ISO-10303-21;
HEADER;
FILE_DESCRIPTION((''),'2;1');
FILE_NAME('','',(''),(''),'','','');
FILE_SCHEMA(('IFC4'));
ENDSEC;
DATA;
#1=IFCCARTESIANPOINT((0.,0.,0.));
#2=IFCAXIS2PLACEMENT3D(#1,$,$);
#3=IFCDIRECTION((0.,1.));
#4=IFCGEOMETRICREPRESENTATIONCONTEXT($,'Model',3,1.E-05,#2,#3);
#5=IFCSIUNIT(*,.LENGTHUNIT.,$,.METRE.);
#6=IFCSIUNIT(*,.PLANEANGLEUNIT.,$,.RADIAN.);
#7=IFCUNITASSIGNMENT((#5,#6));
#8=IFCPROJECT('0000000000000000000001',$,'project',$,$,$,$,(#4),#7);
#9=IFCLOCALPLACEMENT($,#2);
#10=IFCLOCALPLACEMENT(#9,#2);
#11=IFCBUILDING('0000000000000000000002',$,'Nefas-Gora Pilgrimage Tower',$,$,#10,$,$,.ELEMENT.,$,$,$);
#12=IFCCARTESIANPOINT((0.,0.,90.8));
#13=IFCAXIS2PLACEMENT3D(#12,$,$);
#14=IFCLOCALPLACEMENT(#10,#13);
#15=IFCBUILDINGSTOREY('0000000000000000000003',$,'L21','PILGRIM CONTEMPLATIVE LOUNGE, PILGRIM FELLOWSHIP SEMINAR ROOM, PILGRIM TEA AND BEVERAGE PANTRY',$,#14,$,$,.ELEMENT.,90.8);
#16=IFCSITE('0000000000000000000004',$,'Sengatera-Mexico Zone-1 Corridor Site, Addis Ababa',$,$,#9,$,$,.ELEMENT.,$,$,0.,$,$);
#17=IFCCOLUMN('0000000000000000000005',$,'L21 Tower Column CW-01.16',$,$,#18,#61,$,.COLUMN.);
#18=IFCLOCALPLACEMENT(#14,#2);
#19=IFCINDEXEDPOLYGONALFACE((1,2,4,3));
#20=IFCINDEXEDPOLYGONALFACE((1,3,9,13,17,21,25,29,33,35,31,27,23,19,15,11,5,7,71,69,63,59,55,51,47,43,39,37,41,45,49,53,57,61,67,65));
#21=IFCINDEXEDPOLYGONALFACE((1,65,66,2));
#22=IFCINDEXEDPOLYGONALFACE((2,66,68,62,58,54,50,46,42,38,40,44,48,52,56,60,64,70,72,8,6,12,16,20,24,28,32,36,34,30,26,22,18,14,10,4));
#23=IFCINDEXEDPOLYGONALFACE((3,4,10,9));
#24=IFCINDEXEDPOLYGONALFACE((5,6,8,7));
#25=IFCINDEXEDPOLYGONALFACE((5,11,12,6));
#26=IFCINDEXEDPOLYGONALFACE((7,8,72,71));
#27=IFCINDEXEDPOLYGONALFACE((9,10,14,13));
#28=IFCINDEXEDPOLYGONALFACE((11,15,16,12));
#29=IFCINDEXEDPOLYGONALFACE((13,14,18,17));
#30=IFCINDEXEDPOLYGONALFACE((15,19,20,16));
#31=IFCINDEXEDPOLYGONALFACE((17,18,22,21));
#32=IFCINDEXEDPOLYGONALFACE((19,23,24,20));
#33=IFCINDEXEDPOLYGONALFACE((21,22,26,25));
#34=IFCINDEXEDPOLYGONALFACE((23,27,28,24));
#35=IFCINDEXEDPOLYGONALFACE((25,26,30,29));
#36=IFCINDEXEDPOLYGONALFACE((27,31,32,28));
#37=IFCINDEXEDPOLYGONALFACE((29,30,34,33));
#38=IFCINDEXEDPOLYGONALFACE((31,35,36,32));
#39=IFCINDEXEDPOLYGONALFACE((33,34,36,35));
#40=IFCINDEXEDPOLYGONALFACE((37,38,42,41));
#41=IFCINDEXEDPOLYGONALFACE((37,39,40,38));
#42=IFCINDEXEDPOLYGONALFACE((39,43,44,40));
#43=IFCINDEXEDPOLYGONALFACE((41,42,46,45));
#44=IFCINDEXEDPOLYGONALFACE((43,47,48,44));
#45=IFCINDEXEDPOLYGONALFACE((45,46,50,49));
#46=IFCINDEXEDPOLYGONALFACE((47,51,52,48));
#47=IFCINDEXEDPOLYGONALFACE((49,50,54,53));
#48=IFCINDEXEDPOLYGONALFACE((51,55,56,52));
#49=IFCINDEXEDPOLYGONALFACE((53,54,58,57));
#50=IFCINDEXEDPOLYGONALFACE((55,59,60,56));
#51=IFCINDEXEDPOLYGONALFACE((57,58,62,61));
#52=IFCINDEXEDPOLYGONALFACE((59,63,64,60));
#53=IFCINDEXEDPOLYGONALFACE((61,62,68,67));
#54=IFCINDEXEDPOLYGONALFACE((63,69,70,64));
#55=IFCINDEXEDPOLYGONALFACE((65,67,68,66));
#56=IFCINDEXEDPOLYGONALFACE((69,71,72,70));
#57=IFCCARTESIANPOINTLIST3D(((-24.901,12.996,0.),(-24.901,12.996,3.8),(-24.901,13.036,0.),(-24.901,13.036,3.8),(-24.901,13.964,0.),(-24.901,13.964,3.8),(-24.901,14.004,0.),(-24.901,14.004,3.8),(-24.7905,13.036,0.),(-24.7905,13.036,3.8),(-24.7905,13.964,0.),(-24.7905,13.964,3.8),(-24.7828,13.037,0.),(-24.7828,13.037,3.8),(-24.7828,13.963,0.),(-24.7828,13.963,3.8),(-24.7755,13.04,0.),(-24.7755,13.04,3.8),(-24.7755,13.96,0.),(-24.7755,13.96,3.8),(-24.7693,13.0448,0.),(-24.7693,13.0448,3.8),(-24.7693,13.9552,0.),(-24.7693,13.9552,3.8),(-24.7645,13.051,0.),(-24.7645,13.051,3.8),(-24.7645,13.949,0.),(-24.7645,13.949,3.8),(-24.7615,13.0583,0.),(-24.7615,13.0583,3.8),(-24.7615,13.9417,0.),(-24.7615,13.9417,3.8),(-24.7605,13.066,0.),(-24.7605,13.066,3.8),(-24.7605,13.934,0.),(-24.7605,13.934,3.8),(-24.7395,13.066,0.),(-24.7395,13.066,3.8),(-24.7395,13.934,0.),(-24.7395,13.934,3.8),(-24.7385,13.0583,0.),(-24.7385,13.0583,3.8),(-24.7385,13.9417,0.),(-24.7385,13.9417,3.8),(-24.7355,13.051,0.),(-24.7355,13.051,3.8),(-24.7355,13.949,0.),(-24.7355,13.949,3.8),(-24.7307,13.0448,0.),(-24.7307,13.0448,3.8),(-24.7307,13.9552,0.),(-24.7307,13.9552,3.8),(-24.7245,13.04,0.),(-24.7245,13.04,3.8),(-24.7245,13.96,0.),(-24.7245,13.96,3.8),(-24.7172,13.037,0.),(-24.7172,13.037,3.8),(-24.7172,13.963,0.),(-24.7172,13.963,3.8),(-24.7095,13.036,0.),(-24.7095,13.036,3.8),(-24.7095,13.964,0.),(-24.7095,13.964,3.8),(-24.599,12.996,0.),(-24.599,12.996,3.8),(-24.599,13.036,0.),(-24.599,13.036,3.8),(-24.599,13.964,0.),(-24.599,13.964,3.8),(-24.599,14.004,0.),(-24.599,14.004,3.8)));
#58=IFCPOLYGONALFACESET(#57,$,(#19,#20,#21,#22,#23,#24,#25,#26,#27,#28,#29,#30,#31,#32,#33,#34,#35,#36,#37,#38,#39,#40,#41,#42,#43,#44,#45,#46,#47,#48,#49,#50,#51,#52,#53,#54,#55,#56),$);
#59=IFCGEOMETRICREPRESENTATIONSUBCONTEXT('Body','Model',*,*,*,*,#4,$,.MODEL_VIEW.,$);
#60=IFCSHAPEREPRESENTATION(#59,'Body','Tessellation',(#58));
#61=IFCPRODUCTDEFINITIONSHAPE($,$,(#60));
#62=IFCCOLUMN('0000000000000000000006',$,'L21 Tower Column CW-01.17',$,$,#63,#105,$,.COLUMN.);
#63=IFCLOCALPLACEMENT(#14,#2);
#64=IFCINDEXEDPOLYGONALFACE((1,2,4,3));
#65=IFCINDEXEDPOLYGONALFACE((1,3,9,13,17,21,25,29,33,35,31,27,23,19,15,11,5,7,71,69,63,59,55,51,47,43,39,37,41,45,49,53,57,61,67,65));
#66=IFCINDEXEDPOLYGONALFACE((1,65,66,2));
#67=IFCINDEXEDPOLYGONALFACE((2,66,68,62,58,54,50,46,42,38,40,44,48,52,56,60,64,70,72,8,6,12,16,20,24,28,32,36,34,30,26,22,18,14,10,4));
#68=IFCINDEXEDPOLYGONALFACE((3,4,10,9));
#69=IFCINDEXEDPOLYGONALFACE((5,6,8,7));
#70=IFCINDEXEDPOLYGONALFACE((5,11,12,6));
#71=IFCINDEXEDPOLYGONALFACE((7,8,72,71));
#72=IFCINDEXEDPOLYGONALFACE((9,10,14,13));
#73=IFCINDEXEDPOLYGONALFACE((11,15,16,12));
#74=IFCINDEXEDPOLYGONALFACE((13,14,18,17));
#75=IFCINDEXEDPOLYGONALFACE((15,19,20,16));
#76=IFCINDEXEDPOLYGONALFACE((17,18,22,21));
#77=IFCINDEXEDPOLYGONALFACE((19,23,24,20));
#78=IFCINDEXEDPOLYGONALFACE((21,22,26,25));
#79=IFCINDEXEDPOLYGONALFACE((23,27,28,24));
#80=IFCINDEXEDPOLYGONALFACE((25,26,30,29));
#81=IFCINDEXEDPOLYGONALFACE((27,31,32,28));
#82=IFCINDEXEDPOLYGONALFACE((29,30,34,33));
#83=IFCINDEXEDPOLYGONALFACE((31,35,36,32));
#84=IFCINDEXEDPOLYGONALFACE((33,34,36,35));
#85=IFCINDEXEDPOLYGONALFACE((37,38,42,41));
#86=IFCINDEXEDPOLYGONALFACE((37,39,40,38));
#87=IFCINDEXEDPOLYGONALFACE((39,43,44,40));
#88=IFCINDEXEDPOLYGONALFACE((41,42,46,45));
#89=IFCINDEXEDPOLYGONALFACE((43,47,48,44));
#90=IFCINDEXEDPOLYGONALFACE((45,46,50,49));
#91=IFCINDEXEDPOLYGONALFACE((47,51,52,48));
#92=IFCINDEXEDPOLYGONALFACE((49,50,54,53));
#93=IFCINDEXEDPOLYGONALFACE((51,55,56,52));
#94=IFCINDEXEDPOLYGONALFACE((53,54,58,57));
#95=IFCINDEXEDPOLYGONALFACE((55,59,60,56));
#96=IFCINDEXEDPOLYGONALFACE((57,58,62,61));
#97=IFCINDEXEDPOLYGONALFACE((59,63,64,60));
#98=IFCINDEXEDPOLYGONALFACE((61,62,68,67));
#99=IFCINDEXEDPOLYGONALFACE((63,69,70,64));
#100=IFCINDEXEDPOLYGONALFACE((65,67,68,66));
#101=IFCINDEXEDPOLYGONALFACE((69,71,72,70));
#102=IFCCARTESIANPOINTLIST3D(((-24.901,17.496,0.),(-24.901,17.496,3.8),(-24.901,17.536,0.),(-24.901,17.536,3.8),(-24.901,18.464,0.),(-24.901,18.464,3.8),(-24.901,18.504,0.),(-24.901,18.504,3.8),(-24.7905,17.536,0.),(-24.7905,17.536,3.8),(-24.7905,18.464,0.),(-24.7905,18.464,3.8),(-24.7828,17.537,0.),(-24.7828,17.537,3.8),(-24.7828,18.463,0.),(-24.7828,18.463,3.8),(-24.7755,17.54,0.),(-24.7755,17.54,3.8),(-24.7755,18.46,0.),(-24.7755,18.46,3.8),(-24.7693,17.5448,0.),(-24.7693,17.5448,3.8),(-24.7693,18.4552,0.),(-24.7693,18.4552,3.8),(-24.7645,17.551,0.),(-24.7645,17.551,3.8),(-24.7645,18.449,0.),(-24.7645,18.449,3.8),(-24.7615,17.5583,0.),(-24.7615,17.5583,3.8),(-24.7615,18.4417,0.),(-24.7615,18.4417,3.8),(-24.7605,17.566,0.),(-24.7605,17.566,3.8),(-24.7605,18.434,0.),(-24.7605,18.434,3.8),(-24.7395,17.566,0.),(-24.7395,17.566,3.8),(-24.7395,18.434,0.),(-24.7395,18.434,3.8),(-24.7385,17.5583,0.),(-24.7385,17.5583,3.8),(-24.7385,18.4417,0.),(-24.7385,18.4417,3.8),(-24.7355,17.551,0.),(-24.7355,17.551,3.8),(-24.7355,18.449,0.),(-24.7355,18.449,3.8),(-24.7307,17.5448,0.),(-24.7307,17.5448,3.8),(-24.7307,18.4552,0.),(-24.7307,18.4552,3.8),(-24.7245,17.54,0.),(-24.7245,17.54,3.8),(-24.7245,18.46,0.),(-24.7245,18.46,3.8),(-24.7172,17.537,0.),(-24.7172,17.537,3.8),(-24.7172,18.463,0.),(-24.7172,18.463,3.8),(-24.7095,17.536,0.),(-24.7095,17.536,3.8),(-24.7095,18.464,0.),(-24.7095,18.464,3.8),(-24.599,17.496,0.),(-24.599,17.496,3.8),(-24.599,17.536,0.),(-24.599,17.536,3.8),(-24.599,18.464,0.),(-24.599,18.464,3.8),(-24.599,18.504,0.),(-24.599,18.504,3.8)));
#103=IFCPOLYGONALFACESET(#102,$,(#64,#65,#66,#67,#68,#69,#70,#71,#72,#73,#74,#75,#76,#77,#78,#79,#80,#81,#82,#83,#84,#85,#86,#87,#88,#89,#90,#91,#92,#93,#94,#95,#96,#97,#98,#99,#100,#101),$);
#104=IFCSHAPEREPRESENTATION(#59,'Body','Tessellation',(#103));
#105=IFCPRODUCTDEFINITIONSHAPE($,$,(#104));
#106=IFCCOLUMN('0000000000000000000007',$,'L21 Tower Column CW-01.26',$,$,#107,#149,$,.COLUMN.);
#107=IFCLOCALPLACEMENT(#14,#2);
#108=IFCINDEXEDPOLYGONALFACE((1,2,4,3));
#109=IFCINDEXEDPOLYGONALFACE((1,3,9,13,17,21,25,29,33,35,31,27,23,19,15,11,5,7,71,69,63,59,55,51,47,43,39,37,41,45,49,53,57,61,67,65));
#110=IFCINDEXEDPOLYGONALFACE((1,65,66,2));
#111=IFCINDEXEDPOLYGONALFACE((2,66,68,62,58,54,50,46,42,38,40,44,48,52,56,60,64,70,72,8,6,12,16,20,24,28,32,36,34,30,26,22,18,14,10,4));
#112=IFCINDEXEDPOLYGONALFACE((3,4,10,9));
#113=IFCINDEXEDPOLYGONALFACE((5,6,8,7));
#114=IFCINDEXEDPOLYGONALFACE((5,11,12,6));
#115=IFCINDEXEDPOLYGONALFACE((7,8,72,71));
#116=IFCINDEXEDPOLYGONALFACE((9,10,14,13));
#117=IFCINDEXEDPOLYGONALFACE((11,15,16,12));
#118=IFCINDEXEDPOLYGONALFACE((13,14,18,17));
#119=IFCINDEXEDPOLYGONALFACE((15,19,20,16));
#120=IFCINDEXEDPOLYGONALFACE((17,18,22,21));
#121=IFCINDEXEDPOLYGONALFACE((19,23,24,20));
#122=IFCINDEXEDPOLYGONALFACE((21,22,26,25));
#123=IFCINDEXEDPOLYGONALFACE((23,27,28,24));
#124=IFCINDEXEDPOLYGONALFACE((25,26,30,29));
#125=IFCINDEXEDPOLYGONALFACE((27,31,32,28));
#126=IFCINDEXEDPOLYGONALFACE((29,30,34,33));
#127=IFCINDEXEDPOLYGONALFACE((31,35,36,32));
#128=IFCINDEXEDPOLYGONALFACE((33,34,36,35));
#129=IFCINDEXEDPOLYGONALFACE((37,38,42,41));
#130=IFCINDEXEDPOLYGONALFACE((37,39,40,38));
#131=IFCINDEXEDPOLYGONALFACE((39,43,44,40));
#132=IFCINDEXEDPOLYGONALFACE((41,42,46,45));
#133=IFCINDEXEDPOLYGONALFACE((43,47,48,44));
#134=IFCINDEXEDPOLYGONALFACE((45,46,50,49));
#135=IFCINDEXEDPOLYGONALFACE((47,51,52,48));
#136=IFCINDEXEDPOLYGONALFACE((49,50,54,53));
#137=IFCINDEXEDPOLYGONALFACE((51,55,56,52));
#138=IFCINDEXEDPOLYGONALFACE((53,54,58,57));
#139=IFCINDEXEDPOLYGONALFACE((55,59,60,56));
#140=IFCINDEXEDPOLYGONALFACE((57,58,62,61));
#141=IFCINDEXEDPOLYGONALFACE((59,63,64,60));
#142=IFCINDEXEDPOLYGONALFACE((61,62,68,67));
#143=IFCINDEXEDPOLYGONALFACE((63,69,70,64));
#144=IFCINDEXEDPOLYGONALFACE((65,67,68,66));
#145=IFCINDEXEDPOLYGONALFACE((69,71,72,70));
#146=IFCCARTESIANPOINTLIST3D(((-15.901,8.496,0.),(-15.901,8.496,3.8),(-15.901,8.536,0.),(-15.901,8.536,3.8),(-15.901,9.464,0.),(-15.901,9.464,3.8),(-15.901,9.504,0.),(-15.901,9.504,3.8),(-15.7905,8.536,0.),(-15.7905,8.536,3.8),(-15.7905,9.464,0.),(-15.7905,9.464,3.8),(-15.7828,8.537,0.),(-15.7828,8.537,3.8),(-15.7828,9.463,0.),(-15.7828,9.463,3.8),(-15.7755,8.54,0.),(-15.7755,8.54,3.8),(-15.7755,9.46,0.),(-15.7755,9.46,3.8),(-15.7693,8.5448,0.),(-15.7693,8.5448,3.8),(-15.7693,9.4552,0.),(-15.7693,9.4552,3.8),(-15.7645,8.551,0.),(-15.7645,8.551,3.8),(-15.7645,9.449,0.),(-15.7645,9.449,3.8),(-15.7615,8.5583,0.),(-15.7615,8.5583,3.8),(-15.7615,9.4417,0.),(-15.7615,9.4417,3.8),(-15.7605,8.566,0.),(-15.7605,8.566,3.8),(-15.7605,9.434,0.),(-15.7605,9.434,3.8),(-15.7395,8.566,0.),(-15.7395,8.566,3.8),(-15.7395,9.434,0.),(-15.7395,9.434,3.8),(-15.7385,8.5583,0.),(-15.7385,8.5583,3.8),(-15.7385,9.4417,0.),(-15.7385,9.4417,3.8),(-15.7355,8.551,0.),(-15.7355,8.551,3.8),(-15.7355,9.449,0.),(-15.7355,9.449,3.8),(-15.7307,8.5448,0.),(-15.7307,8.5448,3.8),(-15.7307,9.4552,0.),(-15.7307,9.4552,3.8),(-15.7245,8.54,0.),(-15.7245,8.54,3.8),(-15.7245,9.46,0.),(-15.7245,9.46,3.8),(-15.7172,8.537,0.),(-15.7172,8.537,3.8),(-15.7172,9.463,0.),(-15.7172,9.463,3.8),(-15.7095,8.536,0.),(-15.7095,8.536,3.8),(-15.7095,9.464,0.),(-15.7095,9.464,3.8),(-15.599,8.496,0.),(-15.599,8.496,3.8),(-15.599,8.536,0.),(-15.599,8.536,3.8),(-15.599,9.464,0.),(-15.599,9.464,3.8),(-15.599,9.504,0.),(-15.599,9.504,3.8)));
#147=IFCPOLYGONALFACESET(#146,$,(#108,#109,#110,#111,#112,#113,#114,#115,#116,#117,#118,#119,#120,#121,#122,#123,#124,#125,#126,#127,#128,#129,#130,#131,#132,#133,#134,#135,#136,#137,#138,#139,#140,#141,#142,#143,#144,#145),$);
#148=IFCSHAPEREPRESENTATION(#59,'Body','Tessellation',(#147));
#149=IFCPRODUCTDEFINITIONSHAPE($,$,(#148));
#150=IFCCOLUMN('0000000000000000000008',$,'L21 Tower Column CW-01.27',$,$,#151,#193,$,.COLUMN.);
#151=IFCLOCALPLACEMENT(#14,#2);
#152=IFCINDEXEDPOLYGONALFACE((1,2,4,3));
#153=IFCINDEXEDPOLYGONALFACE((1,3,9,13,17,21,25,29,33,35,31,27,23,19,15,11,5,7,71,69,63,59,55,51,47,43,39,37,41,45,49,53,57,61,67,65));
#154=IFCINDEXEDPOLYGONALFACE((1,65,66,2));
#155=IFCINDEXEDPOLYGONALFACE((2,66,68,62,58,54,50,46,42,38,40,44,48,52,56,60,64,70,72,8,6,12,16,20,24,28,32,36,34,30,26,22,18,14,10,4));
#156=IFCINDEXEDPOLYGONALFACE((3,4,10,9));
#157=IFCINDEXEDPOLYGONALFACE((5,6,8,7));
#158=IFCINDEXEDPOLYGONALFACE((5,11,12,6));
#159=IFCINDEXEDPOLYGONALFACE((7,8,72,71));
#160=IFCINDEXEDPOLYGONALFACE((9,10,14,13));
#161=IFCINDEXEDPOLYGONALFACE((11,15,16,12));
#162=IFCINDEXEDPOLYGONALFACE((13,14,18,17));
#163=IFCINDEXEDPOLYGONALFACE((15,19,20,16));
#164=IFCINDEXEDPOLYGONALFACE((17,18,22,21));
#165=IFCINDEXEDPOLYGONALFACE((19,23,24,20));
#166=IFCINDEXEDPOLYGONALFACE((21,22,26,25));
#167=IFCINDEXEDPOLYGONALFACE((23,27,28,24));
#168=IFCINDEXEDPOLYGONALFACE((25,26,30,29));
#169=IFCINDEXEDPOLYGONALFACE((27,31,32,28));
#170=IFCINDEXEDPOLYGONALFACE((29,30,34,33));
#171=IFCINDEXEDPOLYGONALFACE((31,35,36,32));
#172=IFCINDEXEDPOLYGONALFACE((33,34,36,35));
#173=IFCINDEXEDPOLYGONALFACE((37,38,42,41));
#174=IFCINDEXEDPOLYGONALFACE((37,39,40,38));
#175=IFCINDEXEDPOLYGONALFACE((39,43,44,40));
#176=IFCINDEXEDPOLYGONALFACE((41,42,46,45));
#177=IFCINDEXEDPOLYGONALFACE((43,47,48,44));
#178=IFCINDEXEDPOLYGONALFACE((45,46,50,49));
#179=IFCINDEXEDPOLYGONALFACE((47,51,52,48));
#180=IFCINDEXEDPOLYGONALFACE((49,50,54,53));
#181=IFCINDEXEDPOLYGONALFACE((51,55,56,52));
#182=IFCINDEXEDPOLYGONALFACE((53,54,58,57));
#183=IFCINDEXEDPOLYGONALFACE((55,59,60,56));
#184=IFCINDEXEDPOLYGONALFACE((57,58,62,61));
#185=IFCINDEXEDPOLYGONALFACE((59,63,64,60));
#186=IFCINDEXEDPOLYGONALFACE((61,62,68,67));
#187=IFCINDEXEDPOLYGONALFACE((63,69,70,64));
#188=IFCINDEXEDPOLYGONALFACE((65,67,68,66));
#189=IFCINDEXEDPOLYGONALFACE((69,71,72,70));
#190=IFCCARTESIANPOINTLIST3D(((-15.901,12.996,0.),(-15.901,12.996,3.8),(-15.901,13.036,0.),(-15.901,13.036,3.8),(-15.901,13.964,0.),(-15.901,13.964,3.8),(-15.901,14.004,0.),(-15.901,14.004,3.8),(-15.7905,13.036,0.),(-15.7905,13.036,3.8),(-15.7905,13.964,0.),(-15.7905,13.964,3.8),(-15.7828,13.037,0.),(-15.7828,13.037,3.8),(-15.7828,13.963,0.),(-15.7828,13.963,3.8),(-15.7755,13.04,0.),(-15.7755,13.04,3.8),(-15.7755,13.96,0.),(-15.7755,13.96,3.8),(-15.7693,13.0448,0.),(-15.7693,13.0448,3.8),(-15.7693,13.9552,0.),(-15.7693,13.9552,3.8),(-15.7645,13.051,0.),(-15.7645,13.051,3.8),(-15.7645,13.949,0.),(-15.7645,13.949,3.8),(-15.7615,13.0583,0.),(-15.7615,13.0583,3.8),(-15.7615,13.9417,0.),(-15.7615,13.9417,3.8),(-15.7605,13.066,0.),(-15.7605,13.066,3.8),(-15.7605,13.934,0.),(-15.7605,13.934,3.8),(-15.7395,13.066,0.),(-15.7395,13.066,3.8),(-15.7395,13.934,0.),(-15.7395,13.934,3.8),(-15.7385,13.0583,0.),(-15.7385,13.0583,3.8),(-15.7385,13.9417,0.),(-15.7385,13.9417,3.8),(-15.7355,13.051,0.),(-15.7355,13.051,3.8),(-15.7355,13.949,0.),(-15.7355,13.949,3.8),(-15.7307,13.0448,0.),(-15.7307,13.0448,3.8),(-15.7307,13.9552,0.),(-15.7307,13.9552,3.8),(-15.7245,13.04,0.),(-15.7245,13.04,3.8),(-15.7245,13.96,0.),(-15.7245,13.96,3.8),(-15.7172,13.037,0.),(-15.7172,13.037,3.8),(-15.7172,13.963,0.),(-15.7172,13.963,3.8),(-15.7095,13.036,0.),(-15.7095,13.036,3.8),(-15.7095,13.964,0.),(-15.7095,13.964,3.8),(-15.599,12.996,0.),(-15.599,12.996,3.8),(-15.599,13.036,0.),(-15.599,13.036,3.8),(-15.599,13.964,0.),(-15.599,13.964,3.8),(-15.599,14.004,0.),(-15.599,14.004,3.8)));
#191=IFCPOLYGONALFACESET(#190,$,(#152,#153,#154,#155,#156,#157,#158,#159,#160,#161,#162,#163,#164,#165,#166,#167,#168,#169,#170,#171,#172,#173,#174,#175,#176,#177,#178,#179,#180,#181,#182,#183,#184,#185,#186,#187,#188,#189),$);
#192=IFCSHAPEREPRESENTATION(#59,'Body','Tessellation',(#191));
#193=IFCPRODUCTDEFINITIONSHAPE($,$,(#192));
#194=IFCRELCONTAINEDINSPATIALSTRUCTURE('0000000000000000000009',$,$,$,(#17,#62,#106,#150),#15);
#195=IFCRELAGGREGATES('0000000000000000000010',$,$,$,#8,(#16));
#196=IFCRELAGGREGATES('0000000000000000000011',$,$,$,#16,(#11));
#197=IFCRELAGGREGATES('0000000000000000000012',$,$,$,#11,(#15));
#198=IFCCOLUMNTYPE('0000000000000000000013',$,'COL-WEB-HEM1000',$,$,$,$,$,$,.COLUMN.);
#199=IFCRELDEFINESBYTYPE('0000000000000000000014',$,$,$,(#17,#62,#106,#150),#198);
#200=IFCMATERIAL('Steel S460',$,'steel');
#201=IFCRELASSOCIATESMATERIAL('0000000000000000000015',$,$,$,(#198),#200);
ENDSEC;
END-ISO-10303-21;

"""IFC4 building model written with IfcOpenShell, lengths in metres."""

from ifc_helpers import new_model, si_unit, direction, frame, origin, origin_2d, place, context, subcontext, project, spatial, i_section, extrude, source, transform, mapped, material, material_profile, profile_set, type_object, element, save


model = new_model("IFC4")

# Units and contexts
model_context = context("Model", 3, precision=1e-05, world=origin(), true_north=direction((0.0, 1.0)))
body_context = subcontext(model_context, "Body", "Model", "MODEL_VIEW")
ifc_project = project(units=[si_unit("LENGTHUNIT", "METRE"), si_unit("PLANEANGLEUNIT", "RADIAN")], contexts=[model_context])

# Site, building, storey
site_placement = place(None, origin())
site = spatial("IfcSite", under=ifc_project, at=site_placement, Name="Sengatera-Mexico Zone-1 Corridor Site, Addis Ababa", CompositionType="ELEMENT", RefElevation=0.0)
building_placement = place(site_placement, origin())
building = spatial("IfcBuilding", under=site, at=building_placement, Name="Nefas-Gora Pilgrimage Tower", CompositionType="ELEMENT")
storey_placement = place(building_placement, frame((0.0, 0.0, 90.8)))
storey = spatial("IfcBuildingStorey", under=building, at=storey_placement, Name="L21", Description="PILGRIM CONTEMPLATIVE LOUNGE, PILGRIM FELLOWSHIP SEMINAR ROOM, PILGRIM TEA AND BEVERAGE PANTRY", CompositionType="ELEMENT", Elevation=90.8)

# Columns
ifc_material_1 = material(Name="Steel S460", Category="steel")
ifc_material_profile_1 = material_profile(ifc_material_1, i_section(OverallWidth=0.302, OverallDepth=1.0081, WebThickness=0.021, FlangeThickness=0.04, FilletRadius=0.03, at=origin_2d()), Name="HEM 1000")
ifc_profile_set_1 = profile_set([ifc_material_profile_1], Name="Steel S460")
column_type_1 = type_object("IfcColumnType", Name="COL-WEB-HEM1000", PredefinedType="COLUMN", material=ifc_profile_set_1)
shared_shape_1 = source(origin(), body_context, "Body", "SweptSolid", [
    extrude(i_section(OverallWidth=0.302, OverallDepth=1.0081, WebThickness=0.021, FlangeThickness=0.04, FilletRadius=0.03, at=origin_2d()), origin(), (0.0, 0.0, 1.0), 3.8),
])
for number, where, z_axis, x_axis, name in (
    (1, (-24.75, 13.5, 0.0), (0.0, 0.0, 1.0), (1.0, 0.0, 0.0), "L21 Tower Column CW-01.16"),
    (2, (-24.75, 18.0, 0.0), (0.0, 0.0, 1.0), (1.0, 0.0, 0.0), "L21 Tower Column CW-01.17"),
    (3, (-15.75, 9.0, 0.0), (0.0, 0.0, 1.0), (1.0, 0.0, 0.0), "L21 Tower Column CW-01.26"),
    (4, (-15.75, 13.5, 0.0), (0.0, 0.0, 1.0), (1.0, 0.0, 0.0), "L21 Tower Column CW-01.27"),
):
    element("IfcColumn", number, at=place(storey_placement, frame(where, z_axis=z_axis, x_axis=x_axis)), inside=storey, type_object=column_type_1, Name=name, PredefinedType="COLUMN", context=body_context, shape_type="MappedRepresentation", body=[
        mapped(shared_shape_1, transform((0.0, 0.0, 0.0), x_axis=(1.0, 0.0, 0.0), y_axis=(0.0, 1.0, 0.0), z_axis=(0.0, 0.0, 1.0), scale=1.0)),
    ])

save(model, "model.ifc")
